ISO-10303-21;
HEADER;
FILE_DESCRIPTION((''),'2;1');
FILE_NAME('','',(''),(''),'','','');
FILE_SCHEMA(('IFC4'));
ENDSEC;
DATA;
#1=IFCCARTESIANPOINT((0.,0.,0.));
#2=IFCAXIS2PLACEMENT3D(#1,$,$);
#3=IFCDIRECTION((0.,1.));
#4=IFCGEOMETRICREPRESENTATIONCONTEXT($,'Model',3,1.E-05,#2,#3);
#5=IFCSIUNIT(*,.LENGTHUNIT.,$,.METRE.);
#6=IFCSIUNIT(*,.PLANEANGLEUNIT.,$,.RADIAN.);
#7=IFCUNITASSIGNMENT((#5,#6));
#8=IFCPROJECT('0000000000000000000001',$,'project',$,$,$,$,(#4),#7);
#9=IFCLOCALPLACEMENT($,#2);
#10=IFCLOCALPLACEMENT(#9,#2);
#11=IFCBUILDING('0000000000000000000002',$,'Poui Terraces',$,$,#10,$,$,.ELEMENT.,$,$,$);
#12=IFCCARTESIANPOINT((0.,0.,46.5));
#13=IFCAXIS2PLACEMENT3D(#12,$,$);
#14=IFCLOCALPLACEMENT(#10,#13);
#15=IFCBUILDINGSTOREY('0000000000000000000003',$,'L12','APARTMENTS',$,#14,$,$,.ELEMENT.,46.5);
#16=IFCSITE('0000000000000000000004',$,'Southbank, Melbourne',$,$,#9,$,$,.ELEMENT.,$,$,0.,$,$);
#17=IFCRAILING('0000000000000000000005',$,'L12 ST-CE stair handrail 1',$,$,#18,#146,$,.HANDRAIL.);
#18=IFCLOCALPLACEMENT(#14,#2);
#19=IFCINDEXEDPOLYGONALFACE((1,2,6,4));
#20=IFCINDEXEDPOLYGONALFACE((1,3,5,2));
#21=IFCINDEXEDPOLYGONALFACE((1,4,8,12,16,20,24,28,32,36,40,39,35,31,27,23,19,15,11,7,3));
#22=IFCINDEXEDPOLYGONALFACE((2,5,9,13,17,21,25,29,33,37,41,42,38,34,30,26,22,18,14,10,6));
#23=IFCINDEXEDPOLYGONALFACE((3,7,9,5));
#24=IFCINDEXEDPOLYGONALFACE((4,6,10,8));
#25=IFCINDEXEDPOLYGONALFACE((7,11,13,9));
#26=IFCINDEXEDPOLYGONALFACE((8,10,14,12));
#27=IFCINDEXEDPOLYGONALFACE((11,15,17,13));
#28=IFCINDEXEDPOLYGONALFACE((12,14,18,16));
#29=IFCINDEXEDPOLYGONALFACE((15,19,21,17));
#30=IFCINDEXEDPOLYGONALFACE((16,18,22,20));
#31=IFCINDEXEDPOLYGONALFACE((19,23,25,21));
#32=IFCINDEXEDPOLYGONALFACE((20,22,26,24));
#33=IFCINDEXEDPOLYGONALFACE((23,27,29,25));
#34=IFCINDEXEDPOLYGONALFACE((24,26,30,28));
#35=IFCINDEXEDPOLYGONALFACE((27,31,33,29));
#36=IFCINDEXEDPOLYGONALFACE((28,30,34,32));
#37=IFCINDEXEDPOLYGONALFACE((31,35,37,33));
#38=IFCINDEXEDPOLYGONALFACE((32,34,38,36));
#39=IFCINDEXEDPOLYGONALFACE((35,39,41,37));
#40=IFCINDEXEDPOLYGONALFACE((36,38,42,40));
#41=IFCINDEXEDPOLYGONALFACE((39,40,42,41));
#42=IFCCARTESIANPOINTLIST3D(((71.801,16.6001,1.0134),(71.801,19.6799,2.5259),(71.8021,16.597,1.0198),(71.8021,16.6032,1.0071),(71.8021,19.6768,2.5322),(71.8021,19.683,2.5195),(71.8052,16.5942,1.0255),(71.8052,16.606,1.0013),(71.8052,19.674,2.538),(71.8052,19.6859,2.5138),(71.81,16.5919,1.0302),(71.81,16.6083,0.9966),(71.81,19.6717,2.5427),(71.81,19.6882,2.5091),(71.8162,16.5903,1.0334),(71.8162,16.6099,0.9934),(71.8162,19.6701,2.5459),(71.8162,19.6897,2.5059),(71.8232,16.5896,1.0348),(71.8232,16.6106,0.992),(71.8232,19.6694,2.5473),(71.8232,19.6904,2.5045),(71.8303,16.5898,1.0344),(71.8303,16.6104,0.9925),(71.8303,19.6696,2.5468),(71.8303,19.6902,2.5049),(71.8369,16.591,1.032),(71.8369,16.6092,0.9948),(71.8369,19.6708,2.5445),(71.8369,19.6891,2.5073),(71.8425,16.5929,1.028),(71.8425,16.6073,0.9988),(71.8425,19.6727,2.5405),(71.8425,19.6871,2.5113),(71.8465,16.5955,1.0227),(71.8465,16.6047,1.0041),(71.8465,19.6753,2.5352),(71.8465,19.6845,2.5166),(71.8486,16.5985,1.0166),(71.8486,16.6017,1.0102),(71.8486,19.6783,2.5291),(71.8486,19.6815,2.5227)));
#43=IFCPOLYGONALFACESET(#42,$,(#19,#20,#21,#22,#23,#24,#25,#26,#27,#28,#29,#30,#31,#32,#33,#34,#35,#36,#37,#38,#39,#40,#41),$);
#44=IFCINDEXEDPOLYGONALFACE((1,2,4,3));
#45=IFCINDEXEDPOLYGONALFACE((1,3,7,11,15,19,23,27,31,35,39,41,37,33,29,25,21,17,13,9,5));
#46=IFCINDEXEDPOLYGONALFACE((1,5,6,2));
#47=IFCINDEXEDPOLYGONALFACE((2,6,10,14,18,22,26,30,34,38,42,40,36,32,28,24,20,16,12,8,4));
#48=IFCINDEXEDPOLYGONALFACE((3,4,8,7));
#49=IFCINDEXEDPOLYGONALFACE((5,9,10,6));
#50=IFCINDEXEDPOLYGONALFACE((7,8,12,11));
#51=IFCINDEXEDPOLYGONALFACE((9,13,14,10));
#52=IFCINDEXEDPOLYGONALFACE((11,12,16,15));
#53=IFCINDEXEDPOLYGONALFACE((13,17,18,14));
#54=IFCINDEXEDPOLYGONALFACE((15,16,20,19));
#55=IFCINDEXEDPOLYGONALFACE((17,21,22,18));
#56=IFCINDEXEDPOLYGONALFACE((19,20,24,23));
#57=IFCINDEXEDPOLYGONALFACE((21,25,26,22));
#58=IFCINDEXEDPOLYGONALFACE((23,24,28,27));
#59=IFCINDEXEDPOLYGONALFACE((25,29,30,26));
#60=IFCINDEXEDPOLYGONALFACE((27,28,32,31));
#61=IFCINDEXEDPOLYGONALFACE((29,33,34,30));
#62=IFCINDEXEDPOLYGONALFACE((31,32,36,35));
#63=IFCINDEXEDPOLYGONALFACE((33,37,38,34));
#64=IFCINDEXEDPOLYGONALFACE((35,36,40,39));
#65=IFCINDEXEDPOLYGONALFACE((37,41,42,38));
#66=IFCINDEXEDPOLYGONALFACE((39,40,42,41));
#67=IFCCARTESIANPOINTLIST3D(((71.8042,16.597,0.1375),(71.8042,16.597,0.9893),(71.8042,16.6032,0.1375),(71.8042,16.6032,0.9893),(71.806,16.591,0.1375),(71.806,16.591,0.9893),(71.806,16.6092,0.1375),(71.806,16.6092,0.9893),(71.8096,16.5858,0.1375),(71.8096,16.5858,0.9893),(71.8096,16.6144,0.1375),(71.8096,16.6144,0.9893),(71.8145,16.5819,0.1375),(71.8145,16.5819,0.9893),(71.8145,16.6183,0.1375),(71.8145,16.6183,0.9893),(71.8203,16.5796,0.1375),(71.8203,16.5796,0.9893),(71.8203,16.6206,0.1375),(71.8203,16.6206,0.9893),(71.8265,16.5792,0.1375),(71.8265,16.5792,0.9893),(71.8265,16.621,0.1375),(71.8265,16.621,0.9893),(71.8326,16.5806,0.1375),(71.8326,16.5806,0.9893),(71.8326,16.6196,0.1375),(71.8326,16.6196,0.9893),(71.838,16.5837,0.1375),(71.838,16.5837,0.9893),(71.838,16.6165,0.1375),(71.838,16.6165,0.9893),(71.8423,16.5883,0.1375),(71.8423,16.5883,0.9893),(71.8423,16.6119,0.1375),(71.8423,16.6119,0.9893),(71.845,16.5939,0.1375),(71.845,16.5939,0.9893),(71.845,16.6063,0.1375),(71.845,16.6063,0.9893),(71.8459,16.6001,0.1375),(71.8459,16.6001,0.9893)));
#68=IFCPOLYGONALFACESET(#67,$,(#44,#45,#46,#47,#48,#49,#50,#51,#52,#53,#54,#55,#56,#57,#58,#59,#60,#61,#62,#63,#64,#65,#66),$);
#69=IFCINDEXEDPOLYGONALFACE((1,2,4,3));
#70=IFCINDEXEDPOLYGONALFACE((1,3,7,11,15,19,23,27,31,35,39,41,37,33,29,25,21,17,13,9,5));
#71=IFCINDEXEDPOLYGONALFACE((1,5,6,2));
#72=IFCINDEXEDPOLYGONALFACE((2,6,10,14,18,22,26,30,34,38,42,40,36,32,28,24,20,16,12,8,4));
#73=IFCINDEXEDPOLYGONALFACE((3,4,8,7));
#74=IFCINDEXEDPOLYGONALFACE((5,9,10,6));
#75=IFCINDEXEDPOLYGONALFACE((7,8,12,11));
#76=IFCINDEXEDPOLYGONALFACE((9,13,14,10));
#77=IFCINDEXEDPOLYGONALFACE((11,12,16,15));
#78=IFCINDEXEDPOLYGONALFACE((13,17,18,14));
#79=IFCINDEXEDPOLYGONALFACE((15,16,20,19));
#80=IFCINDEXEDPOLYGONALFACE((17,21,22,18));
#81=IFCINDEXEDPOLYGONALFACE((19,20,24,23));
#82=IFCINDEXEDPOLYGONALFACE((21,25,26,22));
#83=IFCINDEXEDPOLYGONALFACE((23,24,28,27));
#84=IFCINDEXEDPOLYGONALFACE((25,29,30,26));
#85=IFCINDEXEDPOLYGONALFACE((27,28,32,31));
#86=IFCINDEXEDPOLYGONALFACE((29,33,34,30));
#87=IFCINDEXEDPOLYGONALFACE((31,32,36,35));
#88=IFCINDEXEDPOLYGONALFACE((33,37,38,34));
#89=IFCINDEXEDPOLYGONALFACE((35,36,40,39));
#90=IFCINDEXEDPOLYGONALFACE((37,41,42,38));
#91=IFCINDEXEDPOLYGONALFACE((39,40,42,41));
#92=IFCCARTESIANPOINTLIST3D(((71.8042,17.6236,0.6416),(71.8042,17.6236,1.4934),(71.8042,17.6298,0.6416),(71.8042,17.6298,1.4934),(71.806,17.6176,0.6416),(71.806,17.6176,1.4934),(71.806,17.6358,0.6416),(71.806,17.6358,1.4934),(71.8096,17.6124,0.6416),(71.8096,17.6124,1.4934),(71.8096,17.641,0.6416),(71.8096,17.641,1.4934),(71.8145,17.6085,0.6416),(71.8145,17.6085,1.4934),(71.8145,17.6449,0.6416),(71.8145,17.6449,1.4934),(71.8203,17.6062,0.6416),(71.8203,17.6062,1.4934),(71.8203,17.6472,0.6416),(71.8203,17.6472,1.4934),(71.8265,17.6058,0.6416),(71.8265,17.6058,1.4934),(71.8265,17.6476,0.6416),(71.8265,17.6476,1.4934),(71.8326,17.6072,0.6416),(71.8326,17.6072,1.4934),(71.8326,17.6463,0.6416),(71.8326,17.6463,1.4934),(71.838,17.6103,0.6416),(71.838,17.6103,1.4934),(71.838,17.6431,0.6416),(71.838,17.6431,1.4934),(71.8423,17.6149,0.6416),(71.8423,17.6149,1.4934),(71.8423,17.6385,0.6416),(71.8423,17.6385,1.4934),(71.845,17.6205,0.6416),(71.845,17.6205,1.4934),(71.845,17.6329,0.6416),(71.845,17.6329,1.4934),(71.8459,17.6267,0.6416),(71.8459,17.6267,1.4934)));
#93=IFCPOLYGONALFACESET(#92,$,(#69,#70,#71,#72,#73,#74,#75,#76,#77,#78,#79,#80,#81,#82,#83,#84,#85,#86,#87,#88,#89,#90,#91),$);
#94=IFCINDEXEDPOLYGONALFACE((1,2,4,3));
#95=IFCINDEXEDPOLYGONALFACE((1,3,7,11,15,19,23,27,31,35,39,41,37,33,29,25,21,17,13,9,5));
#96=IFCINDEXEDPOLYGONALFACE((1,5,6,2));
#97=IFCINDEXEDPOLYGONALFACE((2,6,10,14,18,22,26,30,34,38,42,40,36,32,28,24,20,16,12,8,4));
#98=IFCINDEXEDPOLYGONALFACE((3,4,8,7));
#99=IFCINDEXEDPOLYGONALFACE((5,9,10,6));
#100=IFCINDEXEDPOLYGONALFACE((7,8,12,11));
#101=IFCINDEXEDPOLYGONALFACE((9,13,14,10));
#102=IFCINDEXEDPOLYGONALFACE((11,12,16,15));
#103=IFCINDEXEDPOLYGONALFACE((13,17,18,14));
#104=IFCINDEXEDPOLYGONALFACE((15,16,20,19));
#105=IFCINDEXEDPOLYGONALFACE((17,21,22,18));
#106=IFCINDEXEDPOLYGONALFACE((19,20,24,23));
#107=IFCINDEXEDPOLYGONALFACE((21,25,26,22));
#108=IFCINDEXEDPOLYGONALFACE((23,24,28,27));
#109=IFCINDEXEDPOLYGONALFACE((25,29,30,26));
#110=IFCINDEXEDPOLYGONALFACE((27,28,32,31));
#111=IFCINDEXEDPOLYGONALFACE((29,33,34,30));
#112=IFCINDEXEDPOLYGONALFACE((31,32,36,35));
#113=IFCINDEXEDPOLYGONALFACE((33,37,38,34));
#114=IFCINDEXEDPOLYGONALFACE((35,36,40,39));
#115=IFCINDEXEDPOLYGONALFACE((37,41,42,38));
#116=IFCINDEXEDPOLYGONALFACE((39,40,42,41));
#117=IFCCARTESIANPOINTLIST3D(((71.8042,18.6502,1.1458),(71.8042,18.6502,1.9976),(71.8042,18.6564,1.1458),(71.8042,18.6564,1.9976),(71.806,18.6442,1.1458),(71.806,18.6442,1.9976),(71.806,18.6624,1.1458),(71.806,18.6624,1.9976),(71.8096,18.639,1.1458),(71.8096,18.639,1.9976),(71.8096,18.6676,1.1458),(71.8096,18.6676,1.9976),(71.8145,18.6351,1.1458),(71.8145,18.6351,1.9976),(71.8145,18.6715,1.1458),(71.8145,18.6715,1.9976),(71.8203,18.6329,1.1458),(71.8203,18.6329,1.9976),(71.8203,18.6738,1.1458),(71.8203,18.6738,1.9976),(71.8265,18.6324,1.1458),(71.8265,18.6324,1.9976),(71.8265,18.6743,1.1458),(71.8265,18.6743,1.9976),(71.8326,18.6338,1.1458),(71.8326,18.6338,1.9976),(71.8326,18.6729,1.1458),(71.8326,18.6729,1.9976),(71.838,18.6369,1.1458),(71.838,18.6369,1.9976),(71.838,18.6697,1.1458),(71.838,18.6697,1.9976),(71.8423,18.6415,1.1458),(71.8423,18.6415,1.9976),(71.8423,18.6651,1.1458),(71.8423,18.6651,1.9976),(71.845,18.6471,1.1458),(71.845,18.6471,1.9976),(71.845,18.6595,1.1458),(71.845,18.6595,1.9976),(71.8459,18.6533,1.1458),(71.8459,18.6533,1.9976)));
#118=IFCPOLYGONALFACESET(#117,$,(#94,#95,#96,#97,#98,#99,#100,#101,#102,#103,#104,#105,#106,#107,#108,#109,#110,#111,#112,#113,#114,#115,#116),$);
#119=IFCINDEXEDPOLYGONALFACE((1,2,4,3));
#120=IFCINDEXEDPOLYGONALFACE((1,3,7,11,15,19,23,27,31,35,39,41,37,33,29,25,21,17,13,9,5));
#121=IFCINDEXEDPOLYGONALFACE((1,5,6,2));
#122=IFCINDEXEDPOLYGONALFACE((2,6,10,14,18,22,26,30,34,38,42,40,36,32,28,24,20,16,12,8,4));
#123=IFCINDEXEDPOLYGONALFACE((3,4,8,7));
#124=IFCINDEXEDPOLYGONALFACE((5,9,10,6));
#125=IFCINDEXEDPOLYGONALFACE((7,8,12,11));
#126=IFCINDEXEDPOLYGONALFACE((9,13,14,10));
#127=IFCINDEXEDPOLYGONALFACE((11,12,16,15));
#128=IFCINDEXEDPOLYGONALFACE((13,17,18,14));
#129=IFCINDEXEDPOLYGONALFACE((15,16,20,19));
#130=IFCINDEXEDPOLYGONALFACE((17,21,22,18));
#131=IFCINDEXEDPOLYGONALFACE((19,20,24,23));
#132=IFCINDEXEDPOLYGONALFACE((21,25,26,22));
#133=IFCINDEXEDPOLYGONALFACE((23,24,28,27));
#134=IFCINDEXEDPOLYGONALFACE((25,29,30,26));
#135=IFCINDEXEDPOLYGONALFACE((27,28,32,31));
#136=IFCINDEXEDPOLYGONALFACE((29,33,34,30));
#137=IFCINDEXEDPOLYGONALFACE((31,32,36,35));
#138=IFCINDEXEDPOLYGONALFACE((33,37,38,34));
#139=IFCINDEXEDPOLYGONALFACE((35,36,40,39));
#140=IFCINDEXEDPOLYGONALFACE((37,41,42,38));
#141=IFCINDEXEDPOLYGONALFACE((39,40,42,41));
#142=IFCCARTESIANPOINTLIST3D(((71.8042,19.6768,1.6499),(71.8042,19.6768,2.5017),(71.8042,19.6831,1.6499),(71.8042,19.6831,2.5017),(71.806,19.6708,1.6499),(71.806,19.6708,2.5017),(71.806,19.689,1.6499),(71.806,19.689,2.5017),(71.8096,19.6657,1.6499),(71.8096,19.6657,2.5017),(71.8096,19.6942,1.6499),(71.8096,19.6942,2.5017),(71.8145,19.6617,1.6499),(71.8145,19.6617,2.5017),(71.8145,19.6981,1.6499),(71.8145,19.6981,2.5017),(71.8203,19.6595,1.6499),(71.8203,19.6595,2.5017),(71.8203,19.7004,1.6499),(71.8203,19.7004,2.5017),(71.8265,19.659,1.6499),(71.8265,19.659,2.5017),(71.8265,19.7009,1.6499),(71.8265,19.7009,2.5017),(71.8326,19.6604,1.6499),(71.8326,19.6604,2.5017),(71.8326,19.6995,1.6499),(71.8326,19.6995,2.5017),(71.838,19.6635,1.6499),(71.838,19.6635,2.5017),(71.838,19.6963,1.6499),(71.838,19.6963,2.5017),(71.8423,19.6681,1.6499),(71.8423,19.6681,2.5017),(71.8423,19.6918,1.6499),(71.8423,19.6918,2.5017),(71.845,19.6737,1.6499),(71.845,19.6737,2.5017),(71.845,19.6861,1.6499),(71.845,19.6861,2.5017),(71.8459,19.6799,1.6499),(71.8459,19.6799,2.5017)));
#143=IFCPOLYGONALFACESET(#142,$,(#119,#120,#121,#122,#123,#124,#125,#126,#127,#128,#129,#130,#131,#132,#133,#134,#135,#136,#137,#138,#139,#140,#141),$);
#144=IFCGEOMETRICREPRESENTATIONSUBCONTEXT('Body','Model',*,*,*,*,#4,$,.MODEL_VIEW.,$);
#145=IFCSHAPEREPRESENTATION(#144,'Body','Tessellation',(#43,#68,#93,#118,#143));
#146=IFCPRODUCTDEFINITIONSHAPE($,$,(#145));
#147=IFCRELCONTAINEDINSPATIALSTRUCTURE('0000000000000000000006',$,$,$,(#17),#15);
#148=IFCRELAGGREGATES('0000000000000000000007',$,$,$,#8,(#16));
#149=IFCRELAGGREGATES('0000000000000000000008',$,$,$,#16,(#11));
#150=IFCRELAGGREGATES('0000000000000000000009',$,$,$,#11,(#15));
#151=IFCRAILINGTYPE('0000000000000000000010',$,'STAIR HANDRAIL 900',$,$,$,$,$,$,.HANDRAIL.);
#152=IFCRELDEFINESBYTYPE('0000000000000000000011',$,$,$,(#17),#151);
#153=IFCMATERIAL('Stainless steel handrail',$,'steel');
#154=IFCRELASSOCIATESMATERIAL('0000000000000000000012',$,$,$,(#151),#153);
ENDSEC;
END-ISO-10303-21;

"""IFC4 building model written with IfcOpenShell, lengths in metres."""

from ifc_helpers import new_model, si_unit, direction, frame, origin, origin_2d, place, context, subcontext, project, spatial, circle, extrude, material, type_object, element, save


model = new_model("IFC4")

# Units and contexts
model_context = context("Model", 3, precision=1e-05, world=origin(), true_north=direction((0.0, 1.0)))
body_context = subcontext(model_context, "Body", "Model", "MODEL_VIEW")
ifc_project = project(units=[si_unit("LENGTHUNIT", "METRE"), si_unit("PLANEANGLEUNIT", "RADIAN")], contexts=[model_context])

# Site, building, storey
site_placement = place(None, origin())
site = spatial("IfcSite", under=ifc_project, at=site_placement, Name="Southbank, Melbourne", CompositionType="ELEMENT", RefElevation=0.0)
building_placement = place(site_placement, origin())
building = spatial("IfcBuilding", under=site, at=building_placement, Name="Poui Terraces", CompositionType="ELEMENT")
storey_placement = place(building_placement, frame((0.0, 0.0, 46.5)))
storey = spatial("IfcBuildingStorey", under=building, at=storey_placement, Name="L12", Description="APARTMENTS", CompositionType="ELEMENT", Elevation=46.5)

# Railing
ifc_material_1 = material(Name="Stainless steel handrail", Category="steel")
railing_type_1 = type_object("IfcRailingType", Name="STAIR HANDRAIL 900", PredefinedType="HANDRAIL", material=ifc_material_1)
railing_1_placement = place(storey_placement, frame((71.825, 16.6001, 0.1375)))
element("IfcRailing", 1, at=railing_1_placement, inside=storey, type_object=railing_type_1, Name="L12 ST-CE stair handrail 1", PredefinedType="HANDRAIL", context=body_context, shape_type="SweptSolid", body=[
    extrude(circle(Radius=0.0239, at=origin_2d()), frame((0.0, 0.0, 0.876), z_axis=(0.0, 0.897606, 0.440798), x_axis=(-1.0, 0.0, 0.0)), (0.0, 0.0, 1.0), 3.4312),
    extrude(circle(Radius=0.021, at=origin_2d()), origin(), (0.0, 0.0, 1.0), 0.8518),
    extrude(circle(Radius=0.021, at=origin_2d()), frame((0.0, 1.0266, 0.5042)), (0.0, 0.0, 1.0), 0.8518),
    extrude(circle(Radius=0.021, at=origin_2d()), frame((0.0, 2.0532, 1.0083)), (0.0, 0.0, 1.0), 0.8518),
    extrude(circle(Radius=0.021, at=origin_2d()), frame((0.0, 3.0798, 1.5125)), (0.0, 0.0, 1.0), 0.8518),
])

save(model, "model.ifc")
